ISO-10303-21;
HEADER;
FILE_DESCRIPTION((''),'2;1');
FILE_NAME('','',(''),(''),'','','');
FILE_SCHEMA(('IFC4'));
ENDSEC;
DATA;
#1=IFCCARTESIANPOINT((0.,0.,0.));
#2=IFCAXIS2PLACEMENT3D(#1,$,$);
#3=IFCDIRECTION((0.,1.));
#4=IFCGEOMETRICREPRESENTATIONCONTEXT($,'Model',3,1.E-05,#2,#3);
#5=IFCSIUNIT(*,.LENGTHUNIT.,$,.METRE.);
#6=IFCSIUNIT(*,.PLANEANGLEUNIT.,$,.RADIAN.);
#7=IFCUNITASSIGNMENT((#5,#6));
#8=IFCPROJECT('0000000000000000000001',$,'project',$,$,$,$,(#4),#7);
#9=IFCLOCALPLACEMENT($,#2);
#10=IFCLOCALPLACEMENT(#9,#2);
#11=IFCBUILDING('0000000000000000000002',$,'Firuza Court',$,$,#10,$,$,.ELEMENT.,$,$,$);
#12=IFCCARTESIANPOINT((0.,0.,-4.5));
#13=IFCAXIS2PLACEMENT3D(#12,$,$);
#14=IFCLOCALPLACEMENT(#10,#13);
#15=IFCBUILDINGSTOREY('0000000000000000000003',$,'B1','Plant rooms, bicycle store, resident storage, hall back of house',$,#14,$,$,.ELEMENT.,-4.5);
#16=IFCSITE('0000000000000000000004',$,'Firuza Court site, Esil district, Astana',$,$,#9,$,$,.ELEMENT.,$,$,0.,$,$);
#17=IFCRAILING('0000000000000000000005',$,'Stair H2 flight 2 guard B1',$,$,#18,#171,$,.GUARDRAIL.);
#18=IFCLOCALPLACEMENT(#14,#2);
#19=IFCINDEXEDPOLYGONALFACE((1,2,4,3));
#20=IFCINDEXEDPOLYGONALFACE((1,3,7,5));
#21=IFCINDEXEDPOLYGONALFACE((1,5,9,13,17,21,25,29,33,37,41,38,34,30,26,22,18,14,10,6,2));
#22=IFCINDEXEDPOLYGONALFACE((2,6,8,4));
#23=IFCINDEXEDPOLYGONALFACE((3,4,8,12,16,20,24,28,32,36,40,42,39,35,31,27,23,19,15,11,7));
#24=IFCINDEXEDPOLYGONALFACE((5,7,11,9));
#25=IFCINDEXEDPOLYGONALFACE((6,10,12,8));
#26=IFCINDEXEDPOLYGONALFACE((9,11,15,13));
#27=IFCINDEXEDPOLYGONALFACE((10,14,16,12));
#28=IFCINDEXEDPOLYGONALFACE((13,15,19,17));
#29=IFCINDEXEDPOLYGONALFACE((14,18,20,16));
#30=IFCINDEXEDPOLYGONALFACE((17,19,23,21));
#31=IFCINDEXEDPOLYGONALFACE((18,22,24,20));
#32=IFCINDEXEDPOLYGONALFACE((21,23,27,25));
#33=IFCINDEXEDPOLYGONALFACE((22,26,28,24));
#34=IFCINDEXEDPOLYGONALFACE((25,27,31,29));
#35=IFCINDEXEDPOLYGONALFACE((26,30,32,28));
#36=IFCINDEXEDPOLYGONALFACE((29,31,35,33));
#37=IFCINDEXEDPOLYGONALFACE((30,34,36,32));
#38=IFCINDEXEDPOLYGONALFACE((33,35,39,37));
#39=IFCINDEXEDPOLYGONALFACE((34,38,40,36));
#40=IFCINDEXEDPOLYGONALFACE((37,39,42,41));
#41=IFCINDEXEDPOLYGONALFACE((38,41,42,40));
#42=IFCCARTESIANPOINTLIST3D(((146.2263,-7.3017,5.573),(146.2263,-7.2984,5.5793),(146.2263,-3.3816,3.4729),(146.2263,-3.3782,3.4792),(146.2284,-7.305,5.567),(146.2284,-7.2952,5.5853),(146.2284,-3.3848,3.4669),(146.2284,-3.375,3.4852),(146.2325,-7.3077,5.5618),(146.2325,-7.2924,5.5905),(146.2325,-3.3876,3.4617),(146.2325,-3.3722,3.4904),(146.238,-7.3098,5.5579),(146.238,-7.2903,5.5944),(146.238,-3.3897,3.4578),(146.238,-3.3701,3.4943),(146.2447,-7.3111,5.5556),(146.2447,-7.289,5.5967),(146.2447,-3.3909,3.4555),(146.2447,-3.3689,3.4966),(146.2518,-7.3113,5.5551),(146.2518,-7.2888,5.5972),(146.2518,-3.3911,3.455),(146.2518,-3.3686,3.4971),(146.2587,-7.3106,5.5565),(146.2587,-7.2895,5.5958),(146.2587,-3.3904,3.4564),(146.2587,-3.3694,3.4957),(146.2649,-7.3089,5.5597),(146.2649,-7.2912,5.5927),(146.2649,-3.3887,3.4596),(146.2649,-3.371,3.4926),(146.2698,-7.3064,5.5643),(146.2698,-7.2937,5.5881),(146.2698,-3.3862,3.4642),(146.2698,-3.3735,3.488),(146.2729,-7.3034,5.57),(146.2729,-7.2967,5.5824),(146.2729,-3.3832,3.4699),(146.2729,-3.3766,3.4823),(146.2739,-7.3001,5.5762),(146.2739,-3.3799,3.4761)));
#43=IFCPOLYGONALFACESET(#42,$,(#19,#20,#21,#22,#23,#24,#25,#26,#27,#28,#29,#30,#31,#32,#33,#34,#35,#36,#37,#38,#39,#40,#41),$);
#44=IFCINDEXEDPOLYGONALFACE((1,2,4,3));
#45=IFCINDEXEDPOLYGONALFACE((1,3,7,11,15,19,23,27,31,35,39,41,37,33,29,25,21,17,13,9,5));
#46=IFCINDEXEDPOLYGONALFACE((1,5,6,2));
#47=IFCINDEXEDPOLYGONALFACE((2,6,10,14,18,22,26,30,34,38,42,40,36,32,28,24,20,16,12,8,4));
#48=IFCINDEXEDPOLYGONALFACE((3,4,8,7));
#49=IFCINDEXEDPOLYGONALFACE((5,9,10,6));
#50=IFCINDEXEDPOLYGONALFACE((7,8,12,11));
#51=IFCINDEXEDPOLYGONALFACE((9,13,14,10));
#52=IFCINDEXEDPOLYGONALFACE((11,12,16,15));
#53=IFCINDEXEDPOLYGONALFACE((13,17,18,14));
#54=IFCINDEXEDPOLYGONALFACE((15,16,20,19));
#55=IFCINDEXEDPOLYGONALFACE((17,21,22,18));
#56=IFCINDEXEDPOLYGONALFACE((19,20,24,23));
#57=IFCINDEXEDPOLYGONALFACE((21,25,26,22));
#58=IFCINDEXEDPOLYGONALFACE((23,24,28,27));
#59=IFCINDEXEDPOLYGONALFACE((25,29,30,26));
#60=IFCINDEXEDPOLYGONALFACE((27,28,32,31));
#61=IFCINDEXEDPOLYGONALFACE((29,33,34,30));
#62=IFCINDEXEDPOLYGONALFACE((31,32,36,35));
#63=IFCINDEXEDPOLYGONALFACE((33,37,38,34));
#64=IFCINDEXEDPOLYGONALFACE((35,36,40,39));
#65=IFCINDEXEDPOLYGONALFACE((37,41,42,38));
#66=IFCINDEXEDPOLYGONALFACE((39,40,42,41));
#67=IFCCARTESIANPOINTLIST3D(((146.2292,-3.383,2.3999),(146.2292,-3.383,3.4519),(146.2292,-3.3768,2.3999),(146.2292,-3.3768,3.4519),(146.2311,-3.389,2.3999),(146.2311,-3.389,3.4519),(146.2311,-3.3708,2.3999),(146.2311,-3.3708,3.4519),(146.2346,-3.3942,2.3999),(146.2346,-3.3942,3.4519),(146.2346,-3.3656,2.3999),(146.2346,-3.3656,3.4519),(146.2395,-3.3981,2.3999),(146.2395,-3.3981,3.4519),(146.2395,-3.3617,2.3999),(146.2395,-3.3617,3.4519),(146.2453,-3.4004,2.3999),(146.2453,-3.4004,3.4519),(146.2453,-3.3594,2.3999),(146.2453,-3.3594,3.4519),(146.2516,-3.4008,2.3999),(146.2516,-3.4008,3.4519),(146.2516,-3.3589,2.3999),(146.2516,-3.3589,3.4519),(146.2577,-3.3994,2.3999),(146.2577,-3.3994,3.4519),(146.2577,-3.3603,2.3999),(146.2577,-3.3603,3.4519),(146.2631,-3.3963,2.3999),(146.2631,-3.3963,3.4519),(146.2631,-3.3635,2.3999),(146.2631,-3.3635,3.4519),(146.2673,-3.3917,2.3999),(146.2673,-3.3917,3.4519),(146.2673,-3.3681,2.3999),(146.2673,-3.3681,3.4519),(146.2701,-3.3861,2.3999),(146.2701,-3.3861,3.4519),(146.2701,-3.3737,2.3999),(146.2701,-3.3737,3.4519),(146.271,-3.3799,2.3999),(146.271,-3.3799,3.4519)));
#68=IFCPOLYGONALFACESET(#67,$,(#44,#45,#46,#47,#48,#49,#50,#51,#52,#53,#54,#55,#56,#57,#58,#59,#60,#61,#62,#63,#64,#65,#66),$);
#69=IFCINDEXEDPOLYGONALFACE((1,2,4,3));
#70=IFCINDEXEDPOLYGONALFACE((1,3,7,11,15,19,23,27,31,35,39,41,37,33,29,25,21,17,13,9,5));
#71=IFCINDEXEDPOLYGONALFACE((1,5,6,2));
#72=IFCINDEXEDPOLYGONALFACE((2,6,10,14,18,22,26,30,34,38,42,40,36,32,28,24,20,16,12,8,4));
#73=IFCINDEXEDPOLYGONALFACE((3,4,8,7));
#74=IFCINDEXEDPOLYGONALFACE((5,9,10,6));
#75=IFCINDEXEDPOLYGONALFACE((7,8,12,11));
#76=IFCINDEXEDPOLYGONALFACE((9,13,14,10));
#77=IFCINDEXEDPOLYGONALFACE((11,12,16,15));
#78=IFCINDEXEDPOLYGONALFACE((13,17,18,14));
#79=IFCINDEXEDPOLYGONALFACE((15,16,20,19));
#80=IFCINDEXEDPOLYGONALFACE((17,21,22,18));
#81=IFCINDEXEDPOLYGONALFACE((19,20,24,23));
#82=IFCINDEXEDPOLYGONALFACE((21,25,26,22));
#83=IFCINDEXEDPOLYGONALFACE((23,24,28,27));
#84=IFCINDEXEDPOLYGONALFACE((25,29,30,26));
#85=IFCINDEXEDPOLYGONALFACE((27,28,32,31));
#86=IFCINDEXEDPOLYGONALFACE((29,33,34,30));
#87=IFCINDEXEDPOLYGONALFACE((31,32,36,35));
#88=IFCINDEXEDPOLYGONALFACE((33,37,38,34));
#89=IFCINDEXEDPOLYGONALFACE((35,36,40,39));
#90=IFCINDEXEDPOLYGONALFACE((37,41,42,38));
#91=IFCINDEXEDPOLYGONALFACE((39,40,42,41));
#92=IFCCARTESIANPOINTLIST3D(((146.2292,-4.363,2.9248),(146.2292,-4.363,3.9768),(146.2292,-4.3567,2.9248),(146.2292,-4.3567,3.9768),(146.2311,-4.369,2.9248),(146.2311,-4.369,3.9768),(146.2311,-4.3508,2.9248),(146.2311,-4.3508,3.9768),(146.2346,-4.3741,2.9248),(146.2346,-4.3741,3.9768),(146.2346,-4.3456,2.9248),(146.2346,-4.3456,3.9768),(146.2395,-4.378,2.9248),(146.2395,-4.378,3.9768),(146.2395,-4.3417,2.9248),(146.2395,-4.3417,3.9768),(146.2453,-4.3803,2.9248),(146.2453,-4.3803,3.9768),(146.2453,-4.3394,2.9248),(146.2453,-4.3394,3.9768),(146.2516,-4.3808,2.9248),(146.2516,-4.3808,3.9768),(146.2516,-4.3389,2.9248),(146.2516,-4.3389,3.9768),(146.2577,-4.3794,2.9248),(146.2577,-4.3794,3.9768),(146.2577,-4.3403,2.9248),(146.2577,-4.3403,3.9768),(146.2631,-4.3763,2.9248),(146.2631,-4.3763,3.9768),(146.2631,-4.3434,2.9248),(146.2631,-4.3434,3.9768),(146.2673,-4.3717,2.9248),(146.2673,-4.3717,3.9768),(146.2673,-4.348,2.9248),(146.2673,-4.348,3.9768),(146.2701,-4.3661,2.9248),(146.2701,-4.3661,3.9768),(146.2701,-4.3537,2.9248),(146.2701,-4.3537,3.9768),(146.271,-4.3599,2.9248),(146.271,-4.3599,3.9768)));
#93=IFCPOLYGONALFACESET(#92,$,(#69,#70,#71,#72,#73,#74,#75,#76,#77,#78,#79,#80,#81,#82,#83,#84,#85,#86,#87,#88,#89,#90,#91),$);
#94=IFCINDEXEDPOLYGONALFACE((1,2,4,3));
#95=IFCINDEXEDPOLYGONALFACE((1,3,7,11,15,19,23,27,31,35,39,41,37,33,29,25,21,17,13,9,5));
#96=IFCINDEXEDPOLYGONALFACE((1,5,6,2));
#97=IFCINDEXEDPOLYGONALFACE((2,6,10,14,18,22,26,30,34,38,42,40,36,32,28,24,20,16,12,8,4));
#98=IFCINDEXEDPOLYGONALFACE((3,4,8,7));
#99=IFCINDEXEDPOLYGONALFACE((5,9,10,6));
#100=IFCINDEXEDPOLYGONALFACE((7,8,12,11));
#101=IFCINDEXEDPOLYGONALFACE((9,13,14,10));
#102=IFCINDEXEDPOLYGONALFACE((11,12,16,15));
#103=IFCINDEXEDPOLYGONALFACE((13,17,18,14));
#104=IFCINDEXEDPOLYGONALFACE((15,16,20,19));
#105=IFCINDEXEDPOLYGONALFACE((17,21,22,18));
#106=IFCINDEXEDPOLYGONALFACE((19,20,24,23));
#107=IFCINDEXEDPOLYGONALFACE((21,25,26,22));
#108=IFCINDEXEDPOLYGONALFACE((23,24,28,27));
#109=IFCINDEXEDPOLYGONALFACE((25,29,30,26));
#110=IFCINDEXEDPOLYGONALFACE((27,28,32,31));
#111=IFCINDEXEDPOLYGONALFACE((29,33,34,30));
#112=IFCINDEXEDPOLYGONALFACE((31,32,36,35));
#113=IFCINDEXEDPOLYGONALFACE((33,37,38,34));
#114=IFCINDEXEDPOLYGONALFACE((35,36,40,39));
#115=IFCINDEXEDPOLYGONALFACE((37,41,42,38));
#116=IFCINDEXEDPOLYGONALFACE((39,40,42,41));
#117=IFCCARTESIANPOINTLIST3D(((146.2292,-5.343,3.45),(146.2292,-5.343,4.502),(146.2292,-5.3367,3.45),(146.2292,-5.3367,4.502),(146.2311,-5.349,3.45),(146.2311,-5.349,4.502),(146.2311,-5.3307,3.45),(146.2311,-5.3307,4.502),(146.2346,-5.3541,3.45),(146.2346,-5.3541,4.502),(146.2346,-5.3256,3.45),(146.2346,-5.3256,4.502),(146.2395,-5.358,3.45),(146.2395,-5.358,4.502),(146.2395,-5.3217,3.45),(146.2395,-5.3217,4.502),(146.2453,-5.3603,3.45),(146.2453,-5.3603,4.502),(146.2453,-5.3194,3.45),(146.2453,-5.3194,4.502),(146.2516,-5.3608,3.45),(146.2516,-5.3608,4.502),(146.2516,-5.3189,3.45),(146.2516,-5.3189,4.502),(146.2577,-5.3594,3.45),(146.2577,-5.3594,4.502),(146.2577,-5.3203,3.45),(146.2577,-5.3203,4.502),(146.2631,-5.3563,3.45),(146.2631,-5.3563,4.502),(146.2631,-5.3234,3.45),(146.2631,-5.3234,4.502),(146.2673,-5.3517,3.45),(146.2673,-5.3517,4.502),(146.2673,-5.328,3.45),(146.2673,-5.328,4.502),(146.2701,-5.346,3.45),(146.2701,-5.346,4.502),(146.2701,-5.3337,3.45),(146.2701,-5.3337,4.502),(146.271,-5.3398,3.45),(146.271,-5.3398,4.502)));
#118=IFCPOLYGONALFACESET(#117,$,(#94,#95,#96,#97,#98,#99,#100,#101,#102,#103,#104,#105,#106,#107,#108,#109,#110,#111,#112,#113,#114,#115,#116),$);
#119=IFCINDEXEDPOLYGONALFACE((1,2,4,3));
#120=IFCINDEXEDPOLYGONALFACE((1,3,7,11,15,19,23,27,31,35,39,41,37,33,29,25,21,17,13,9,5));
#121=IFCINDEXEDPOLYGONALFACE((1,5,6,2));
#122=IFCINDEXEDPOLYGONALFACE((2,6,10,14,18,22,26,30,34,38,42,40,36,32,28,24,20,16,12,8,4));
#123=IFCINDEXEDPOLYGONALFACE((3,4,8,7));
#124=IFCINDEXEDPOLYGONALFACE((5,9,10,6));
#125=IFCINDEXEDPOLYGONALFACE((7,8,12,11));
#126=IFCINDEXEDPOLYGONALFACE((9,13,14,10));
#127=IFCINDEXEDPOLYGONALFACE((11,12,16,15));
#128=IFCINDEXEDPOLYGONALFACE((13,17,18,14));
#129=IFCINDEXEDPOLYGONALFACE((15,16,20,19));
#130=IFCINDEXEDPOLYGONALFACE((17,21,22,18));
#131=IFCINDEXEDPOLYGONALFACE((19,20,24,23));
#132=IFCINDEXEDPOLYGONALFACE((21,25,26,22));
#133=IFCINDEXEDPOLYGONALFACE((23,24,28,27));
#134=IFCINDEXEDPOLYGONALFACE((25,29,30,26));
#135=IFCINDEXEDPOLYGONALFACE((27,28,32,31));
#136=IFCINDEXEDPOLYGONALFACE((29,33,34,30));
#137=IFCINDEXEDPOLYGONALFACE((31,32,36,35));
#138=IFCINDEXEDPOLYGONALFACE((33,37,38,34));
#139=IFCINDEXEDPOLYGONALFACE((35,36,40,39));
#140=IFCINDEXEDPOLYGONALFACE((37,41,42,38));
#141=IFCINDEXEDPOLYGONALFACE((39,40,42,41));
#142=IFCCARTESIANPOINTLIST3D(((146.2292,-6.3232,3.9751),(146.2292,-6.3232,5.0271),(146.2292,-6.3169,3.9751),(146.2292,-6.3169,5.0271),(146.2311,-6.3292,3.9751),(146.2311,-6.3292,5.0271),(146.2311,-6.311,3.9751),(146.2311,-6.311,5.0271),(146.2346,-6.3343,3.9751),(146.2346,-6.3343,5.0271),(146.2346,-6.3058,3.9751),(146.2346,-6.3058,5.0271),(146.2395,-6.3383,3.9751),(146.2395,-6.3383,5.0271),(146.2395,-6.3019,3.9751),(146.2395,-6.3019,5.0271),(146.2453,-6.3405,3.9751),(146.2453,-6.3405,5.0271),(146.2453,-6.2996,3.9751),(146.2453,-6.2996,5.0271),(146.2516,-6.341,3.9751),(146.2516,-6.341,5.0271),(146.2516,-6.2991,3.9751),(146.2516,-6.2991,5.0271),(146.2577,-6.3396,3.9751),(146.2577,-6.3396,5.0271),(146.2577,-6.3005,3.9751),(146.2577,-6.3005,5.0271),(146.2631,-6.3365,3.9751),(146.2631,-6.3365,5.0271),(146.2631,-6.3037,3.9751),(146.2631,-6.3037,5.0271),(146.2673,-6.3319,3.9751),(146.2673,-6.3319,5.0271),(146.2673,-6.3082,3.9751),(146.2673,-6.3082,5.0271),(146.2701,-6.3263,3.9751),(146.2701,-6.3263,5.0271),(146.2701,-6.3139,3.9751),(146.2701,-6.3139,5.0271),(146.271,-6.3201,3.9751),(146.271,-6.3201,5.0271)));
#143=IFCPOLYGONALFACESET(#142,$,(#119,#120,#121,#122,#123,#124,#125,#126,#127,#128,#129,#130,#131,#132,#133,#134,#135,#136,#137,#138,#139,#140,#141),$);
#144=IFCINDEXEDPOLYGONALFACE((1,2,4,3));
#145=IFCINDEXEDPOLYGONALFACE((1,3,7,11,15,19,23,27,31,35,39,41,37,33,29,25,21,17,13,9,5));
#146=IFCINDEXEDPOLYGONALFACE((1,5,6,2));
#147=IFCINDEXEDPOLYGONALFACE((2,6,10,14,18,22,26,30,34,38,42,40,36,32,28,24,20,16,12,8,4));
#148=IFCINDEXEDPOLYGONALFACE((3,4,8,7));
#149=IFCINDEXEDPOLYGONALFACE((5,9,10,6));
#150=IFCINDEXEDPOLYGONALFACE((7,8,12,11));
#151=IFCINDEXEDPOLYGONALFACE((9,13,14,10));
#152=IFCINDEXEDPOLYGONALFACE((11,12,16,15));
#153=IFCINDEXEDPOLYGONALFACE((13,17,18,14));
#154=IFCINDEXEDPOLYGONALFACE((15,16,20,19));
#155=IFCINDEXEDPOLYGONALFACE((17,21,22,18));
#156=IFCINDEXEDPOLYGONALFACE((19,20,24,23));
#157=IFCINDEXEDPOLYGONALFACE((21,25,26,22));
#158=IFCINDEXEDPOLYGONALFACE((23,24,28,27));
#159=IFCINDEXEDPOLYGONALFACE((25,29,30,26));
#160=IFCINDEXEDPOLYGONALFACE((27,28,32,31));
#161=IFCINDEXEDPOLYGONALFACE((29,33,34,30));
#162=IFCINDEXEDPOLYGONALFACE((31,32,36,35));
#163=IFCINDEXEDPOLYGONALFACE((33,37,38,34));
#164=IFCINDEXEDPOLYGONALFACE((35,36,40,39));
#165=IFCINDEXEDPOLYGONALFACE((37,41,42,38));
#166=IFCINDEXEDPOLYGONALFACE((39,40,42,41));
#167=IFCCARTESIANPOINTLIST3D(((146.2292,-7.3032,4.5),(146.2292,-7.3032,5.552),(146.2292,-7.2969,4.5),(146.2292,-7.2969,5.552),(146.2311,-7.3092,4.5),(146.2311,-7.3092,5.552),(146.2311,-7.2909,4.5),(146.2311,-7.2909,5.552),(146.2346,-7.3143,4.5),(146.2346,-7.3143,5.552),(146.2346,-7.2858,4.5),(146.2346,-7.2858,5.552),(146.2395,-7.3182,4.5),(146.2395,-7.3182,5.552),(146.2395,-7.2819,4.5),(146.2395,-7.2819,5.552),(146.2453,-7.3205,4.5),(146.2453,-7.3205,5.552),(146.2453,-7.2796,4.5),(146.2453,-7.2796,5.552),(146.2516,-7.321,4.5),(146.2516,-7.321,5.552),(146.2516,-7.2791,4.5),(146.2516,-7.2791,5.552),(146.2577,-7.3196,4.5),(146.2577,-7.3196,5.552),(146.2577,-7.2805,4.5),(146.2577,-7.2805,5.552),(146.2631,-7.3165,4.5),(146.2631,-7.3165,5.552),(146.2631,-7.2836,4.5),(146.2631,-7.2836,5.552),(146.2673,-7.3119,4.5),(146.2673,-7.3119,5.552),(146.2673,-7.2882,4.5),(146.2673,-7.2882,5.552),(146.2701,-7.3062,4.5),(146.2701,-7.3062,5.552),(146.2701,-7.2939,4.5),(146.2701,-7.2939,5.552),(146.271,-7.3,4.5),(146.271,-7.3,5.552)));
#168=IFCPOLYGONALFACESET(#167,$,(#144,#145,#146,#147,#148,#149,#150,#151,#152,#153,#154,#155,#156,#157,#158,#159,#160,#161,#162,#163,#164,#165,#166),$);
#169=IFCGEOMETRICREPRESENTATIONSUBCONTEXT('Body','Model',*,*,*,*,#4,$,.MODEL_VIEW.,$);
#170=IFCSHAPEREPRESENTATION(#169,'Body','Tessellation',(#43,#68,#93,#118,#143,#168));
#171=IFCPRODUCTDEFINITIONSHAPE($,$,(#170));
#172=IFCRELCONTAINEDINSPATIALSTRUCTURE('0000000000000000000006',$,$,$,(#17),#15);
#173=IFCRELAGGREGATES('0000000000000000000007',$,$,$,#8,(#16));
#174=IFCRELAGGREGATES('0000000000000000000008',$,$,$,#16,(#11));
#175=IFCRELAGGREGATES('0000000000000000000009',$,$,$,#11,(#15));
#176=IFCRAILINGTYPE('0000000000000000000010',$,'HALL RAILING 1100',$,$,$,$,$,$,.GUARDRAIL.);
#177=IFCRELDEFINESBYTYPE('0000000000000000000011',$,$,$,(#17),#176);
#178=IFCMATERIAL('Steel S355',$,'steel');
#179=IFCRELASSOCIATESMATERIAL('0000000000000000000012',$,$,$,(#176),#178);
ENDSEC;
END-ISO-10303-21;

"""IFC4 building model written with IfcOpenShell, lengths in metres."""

from ifc_helpers import new_model, si_unit, direction, frame, origin, origin_2d, place, context, subcontext, project, spatial, circle, extrude, material, type_object, element, save


model = new_model("IFC4")

# Units and contexts
model_context = context("Model", 3, precision=1e-05, world=origin(), true_north=direction((0.0, 1.0)))
body_context = subcontext(model_context, "Body", "Model", "MODEL_VIEW")
ifc_project = project(units=[si_unit("LENGTHUNIT", "METRE"), si_unit("PLANEANGLEUNIT", "RADIAN")], contexts=[model_context])

# Site, building, storey
site_placement = place(None, origin())
site = spatial("IfcSite", under=ifc_project, at=site_placement, Name="Firuza Court site, Esil district, Astana", CompositionType="ELEMENT", RefElevation=0.0)
building_placement = place(site_placement, origin())
building = spatial("IfcBuilding", under=site, at=building_placement, Name="Firuza Court", CompositionType="ELEMENT")
storey_placement = place(building_placement, frame((0.0, 0.0, -4.5)))
storey = spatial("IfcBuildingStorey", under=building, at=storey_placement, Name="B1", Description="Plant rooms, bicycle store, resident storage, hall back of house", CompositionType="ELEMENT", Elevation=-4.5)

# Railing
ifc_material_1 = material(Name="Steel S355", Category="steel")
railing_type_1 = type_object("IfcRailingType", Name="HALL RAILING 1100", PredefinedType="GUARDRAIL", material=ifc_material_1)
railing_1_placement = place(storey_placement, frame((146.25, -3.3799, 2.3999)))
element("IfcRailing", 1, at=railing_1_placement, inside=storey, type_object=railing_type_1, Name="Stair H2 flight 2 guard B1", PredefinedType="GUARDRAIL", context=body_context, shape_type="SweptSolid", body=[
    extrude(circle(Radius=0.0239, at=origin_2d()), frame((0.0, 0.0, 1.0762), z_axis=(0.0, -0.881479, 0.472223), x_axis=(1.0, 0.0, 0.0)), (0.0, 0.0, 1.0), 4.4473),
    extrude(circle(Radius=0.021, at=origin_2d()), origin(), (0.0, 0.0, 1.0), 1.052),
    extrude(circle(Radius=0.021, at=origin_2d()), frame((0.0, -0.98, 0.5249)), (0.0, 0.0, 1.0), 1.052),
    extrude(circle(Radius=0.021, at=origin_2d()), frame((0.0, -1.96, 1.05)), (0.0, 0.0, 1.0), 1.052),
    extrude(circle(Radius=0.021, at=origin_2d()), frame((0.0, -2.9402, 1.5752)), (0.0, 0.0, 1.0), 1.052),
    extrude(circle(Radius=0.021, at=origin_2d()), frame((0.0, -3.9202, 2.1001)), (0.0, 0.0, 1.0), 1.052),
])

save(model, "model.ifc")
